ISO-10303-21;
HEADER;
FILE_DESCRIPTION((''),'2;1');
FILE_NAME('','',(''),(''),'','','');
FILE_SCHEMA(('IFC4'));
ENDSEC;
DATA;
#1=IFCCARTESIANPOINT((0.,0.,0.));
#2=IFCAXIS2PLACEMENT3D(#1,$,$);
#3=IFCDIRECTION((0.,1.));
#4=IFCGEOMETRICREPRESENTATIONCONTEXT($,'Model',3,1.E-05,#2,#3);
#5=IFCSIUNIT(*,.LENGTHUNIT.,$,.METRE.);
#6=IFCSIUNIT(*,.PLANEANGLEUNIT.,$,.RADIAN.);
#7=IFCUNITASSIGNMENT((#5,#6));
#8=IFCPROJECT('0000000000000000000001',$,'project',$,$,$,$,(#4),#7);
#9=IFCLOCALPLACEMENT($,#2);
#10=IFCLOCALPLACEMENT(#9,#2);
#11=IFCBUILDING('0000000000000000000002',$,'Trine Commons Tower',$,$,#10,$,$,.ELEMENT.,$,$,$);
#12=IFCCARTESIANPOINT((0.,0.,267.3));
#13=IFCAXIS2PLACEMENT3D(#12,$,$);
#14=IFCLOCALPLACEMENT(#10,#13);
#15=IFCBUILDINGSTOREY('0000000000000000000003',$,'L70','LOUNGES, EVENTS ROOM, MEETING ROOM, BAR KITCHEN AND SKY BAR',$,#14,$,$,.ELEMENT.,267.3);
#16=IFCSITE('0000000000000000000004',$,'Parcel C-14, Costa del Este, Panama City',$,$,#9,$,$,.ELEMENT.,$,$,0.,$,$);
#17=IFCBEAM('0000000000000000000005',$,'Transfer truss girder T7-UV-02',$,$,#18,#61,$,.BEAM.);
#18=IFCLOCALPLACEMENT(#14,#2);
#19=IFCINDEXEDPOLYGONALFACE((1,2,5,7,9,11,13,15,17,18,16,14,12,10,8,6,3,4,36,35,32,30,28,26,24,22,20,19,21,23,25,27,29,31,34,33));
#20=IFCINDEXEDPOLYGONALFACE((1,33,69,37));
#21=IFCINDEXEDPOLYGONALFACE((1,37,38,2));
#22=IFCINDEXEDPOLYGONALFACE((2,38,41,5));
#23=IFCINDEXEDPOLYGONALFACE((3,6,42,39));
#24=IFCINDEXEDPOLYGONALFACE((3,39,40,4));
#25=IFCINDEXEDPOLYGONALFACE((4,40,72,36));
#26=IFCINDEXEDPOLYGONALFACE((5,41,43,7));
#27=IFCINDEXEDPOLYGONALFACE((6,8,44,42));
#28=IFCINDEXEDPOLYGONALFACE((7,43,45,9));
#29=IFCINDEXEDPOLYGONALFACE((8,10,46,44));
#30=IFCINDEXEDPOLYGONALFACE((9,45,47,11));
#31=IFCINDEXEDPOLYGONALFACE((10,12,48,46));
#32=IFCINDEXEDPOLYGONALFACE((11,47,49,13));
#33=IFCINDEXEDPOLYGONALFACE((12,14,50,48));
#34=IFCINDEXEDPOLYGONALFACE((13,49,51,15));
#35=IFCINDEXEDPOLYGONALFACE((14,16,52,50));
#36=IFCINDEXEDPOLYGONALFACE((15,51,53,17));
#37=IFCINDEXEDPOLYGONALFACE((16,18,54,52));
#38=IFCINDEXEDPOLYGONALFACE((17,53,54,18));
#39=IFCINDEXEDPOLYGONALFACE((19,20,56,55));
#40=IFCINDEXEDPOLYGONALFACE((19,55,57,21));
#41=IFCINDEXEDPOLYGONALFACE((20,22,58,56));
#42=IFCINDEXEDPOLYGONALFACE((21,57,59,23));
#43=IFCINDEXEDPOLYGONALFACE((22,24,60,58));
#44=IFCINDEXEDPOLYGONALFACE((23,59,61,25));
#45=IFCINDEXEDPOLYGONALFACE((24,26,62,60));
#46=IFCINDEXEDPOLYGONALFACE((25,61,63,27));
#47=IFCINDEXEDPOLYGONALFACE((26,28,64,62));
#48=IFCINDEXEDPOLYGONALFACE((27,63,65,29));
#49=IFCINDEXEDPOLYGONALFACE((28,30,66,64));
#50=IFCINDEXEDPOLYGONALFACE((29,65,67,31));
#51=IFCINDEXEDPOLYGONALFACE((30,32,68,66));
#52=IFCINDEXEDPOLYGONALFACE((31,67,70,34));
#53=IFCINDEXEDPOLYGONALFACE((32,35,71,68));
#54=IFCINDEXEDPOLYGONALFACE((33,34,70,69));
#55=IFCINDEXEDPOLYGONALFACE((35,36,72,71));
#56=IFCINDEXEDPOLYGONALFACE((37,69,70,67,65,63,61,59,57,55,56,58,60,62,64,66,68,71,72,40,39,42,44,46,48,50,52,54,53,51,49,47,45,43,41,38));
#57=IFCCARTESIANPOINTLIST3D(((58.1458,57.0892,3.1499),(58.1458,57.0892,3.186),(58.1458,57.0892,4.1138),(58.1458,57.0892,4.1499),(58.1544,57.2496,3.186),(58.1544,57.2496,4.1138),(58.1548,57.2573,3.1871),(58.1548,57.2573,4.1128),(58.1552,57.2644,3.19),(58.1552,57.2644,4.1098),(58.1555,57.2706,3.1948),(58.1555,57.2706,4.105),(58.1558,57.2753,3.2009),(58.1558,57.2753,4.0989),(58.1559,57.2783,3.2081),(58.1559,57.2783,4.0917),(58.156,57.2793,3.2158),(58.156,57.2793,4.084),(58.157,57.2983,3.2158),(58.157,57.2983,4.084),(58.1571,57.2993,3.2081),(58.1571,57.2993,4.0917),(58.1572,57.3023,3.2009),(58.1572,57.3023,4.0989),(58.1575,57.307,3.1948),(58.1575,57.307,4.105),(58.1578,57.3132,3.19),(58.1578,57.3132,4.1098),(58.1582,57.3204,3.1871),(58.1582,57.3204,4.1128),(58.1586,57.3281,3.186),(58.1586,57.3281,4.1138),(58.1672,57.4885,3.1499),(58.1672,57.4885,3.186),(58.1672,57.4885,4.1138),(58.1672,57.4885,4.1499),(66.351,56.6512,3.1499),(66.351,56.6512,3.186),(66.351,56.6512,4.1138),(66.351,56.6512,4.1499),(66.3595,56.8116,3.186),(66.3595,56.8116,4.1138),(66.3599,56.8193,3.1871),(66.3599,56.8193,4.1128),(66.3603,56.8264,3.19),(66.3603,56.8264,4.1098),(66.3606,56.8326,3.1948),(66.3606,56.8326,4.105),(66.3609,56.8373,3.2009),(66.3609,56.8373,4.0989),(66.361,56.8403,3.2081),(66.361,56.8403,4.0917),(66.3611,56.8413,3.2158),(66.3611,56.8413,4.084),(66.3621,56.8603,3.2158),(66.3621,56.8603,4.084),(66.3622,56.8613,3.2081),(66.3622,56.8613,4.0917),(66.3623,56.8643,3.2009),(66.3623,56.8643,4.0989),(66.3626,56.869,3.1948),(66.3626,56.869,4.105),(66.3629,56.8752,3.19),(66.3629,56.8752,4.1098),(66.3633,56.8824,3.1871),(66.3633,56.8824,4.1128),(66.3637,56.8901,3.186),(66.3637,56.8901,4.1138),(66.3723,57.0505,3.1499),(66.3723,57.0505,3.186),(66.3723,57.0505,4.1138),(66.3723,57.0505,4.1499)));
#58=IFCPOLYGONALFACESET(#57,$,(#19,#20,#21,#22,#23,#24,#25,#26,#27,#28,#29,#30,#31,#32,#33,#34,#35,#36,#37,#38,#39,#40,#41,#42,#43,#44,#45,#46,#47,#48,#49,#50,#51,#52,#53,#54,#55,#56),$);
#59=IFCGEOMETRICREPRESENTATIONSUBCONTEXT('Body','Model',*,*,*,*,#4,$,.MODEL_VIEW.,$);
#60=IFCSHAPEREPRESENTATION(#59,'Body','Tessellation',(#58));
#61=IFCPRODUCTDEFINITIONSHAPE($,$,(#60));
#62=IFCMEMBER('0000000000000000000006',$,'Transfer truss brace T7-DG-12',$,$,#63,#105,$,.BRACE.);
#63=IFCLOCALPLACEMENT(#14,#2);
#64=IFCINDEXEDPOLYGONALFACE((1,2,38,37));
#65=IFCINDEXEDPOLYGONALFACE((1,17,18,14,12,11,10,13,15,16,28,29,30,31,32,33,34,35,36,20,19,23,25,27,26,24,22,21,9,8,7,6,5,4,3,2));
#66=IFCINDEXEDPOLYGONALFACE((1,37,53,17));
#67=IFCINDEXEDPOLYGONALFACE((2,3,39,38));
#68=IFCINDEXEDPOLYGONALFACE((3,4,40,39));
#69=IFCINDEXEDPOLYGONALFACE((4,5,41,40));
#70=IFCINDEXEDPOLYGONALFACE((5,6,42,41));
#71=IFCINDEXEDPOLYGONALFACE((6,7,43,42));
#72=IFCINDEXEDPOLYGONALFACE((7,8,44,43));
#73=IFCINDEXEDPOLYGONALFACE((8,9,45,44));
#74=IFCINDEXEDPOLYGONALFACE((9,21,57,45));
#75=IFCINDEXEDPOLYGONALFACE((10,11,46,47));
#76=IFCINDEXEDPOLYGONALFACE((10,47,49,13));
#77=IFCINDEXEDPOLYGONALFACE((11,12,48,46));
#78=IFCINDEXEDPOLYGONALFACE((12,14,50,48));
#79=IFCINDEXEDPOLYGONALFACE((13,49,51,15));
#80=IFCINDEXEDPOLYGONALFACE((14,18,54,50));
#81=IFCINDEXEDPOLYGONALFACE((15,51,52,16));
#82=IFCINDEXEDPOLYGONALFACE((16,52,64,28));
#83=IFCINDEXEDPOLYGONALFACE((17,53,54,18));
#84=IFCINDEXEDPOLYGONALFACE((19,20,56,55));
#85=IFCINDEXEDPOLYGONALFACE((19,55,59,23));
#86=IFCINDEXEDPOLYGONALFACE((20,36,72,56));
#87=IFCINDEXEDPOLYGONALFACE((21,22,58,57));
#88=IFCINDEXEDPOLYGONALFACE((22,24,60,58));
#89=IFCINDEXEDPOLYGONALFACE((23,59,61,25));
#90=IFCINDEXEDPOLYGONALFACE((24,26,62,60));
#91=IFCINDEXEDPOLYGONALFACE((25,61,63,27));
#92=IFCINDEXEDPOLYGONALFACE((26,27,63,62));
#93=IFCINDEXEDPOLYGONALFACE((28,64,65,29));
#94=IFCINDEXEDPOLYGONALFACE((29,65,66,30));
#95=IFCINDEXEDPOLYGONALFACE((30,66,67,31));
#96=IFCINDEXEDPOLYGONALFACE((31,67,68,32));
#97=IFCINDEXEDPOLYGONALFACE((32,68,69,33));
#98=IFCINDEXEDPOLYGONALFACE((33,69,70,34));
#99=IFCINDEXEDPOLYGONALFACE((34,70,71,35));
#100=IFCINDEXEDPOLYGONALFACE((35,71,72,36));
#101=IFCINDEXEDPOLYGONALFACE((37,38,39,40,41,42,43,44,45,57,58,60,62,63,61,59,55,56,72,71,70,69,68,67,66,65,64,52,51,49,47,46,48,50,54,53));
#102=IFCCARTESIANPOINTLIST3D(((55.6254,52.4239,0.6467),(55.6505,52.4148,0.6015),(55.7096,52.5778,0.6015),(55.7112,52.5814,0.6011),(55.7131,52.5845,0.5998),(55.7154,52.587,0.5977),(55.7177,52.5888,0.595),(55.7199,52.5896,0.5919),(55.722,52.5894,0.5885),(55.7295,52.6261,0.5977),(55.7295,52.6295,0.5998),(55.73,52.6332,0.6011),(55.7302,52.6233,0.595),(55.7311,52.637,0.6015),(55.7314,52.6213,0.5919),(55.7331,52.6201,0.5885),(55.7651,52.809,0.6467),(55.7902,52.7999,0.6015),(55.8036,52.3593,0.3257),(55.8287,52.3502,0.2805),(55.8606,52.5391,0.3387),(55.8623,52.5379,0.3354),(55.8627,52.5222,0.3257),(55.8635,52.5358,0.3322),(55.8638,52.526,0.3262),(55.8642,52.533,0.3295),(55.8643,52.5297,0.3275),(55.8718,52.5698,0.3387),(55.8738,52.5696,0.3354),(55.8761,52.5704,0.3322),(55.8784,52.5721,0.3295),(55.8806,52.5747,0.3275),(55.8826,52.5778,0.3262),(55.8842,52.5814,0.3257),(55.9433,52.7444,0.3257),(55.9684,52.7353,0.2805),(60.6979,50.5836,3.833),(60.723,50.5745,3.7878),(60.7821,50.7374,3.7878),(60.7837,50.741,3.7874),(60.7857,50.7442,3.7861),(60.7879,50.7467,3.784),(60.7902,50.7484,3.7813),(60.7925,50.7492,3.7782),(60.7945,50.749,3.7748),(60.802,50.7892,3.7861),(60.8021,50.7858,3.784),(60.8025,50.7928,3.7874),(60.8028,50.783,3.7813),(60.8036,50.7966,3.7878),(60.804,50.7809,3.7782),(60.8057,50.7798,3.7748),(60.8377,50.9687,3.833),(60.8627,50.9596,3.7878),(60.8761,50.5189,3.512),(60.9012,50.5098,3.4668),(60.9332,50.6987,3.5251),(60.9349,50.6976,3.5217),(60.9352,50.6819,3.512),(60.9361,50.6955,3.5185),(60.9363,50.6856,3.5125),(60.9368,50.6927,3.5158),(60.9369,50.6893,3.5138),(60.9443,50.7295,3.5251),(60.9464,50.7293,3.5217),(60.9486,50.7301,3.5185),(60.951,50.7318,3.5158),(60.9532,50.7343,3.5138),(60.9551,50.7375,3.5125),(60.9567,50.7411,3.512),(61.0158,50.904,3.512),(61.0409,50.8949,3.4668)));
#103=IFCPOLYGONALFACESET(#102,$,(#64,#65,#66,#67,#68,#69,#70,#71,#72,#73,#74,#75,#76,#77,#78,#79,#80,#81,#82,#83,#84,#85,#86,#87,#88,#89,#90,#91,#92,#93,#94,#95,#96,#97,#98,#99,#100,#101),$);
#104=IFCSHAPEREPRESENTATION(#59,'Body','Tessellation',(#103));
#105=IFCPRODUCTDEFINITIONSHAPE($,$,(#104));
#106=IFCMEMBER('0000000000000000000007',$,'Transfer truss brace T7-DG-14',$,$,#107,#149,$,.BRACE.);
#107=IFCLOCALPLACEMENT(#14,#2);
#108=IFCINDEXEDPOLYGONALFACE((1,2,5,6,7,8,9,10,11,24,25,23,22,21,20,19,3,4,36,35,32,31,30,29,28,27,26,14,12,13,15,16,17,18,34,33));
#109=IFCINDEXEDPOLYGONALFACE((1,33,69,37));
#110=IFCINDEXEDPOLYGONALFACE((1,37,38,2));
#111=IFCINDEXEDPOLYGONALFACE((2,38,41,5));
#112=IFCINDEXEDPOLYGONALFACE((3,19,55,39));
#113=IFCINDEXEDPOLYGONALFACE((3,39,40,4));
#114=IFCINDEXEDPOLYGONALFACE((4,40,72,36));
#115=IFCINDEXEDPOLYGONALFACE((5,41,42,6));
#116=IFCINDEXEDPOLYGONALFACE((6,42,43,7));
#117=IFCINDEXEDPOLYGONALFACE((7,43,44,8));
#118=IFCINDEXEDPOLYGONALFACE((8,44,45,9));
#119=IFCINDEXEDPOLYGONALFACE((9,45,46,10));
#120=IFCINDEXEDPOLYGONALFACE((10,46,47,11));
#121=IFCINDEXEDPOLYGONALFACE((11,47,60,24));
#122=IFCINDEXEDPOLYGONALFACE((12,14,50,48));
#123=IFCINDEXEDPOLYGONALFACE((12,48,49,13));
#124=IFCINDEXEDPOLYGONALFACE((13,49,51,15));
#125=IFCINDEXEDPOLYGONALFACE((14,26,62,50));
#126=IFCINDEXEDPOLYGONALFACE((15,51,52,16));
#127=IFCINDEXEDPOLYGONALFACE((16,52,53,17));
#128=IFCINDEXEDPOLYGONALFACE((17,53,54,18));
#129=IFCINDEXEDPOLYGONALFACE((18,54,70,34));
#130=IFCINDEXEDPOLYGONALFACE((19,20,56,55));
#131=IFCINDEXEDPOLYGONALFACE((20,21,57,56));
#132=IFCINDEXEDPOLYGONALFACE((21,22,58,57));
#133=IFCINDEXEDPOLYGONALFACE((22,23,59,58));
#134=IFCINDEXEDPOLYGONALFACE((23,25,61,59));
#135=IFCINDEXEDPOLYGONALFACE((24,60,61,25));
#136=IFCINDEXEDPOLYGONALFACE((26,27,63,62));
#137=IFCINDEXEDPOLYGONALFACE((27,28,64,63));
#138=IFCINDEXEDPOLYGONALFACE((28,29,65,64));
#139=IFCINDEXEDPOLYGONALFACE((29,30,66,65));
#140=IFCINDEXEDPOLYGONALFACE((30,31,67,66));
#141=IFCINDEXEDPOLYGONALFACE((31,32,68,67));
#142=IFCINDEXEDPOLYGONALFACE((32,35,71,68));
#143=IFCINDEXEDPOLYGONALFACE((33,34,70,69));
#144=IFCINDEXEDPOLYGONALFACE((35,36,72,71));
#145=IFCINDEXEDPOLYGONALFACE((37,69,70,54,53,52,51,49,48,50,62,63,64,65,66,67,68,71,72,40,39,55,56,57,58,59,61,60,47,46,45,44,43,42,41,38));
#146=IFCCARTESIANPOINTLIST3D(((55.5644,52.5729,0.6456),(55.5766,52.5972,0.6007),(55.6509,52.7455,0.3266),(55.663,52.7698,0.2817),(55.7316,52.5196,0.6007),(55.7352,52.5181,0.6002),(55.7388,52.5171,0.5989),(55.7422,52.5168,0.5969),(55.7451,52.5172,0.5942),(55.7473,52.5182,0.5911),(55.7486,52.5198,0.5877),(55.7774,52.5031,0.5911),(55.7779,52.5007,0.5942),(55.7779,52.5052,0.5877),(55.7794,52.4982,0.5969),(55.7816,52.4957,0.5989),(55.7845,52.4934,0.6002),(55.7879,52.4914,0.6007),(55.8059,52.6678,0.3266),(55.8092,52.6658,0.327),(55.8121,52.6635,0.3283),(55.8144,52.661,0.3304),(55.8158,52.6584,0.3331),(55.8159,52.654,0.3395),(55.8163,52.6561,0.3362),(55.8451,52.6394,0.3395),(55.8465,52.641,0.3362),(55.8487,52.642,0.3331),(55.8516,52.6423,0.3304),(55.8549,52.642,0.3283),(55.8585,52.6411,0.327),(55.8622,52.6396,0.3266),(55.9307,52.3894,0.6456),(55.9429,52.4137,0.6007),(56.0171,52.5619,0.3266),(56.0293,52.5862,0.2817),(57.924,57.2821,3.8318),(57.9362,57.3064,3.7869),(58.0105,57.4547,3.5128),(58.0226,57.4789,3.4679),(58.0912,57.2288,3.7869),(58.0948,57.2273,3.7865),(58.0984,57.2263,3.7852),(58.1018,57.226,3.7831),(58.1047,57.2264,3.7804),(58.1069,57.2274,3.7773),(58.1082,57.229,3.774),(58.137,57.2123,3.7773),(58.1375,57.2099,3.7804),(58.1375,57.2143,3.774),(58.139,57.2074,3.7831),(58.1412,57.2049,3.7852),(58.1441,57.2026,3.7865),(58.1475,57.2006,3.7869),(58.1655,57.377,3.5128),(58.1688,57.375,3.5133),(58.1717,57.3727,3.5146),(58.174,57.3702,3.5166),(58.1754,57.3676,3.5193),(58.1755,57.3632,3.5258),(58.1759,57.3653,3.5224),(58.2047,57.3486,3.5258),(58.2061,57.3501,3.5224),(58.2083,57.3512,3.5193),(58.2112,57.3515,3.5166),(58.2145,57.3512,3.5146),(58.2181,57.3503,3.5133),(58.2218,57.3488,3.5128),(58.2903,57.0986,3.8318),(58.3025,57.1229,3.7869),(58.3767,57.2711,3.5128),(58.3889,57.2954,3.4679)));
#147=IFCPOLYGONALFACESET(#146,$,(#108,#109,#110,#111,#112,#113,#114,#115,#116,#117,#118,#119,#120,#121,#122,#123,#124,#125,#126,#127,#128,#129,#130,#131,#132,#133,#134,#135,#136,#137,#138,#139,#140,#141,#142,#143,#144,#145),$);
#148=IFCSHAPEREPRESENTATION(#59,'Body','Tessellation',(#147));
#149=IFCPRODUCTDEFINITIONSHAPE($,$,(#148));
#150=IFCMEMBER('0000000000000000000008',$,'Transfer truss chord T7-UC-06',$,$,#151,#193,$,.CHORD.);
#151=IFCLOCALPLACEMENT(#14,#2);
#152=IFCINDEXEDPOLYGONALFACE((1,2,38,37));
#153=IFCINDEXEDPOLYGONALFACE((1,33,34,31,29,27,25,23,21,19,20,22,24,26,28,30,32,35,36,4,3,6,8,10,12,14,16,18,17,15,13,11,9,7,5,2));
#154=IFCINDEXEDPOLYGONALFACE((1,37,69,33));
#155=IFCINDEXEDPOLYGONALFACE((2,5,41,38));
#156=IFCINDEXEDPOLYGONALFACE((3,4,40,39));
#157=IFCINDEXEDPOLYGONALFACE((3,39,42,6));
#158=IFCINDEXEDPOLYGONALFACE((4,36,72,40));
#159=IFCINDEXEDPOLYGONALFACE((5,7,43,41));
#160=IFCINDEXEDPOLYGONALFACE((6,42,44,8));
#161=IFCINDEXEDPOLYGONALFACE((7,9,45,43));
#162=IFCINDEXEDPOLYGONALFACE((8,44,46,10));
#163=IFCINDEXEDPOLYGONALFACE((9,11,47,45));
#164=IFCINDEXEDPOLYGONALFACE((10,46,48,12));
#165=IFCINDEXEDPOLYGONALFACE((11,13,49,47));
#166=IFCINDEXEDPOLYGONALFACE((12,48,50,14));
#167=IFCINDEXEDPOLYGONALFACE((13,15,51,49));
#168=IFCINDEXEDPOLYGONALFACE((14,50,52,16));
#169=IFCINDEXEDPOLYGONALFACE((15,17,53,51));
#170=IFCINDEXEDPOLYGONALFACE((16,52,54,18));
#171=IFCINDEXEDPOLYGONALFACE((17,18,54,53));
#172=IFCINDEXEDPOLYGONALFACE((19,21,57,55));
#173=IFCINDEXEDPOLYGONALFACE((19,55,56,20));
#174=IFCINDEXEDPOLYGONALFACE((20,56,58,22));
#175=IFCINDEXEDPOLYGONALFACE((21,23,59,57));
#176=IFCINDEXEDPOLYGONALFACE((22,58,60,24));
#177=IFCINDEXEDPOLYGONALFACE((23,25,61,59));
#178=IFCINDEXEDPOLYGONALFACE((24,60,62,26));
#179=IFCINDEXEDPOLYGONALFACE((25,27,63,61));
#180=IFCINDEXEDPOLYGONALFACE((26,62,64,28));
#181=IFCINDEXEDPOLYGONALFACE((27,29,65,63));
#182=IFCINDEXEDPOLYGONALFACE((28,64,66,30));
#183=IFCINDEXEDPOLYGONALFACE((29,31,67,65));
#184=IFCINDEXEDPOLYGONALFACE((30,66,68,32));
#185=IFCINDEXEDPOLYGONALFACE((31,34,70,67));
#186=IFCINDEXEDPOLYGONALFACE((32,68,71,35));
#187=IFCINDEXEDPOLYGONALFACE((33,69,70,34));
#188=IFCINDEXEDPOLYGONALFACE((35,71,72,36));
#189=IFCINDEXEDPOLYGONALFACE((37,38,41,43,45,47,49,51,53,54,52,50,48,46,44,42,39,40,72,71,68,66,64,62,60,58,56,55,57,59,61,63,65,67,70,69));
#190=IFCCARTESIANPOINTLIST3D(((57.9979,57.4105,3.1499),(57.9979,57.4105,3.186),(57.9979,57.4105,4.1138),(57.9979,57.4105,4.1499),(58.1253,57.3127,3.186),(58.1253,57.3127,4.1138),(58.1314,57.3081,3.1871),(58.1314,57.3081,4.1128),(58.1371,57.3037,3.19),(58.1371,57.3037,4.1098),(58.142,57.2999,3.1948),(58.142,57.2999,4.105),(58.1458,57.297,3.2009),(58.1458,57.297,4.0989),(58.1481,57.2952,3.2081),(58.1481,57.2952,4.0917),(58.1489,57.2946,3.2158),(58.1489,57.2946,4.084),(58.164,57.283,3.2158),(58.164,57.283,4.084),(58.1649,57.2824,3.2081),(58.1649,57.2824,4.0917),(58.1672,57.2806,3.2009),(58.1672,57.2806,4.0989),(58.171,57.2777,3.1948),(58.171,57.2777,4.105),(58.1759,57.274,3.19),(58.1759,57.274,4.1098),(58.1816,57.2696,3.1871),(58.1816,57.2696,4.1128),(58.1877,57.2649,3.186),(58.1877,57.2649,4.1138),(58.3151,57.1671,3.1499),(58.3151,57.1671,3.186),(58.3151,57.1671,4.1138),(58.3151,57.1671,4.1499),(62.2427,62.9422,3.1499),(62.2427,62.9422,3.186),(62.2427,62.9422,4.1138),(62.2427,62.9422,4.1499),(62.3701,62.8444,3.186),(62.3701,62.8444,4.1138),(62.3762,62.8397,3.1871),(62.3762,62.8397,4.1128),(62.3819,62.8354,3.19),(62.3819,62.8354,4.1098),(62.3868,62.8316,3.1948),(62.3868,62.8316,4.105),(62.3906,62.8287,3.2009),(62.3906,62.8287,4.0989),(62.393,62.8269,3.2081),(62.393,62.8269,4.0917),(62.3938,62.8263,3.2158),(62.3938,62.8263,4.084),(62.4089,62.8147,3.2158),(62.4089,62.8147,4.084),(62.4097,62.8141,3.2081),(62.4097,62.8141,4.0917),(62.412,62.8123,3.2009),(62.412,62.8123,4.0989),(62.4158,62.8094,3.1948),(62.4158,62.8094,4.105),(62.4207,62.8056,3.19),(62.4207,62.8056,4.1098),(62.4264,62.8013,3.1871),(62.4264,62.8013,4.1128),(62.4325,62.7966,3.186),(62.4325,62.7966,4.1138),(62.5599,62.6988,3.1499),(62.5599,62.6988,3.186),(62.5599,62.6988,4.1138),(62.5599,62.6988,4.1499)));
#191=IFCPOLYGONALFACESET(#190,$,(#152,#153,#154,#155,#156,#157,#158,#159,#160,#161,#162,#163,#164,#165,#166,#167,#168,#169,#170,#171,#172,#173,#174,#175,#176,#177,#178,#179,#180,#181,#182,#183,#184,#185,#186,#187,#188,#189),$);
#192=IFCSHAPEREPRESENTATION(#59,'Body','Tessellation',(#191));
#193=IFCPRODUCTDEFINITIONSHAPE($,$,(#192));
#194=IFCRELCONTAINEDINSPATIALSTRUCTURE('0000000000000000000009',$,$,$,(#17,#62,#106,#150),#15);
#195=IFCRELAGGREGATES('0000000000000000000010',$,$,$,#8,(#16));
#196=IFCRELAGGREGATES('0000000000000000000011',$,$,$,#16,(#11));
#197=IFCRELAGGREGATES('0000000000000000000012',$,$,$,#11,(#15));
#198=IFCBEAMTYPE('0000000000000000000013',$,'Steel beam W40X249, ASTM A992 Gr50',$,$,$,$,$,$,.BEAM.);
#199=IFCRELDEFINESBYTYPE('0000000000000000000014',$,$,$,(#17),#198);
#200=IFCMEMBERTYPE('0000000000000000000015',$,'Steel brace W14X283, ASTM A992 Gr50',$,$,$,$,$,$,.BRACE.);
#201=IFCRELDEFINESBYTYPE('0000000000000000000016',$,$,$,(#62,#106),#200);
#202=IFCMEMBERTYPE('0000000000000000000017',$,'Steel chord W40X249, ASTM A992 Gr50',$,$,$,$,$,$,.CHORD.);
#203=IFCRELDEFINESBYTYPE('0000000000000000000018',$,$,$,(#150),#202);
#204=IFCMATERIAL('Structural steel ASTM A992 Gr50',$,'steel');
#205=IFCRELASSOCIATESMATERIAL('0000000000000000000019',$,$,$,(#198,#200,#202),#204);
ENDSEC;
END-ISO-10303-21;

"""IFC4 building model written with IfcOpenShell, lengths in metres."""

from ifc_helpers import new_model, si_unit, direction, frame, origin, origin_2d, place, context, subcontext, project, spatial, i_section, extrude, material, material_profile, profile_set, type_object, element, save


model = new_model("IFC4")

# Units and contexts
model_context = context("Model", 3, precision=1e-05, world=origin(), true_north=direction((0.0, 1.0)))
body_context = subcontext(model_context, "Body", "Model", "MODEL_VIEW")
ifc_project = project(units=[si_unit("LENGTHUNIT", "METRE"), si_unit("PLANEANGLEUNIT", "RADIAN")], contexts=[model_context])

# Site, building, storey
site_placement = place(None, origin())
site = spatial("IfcSite", under=ifc_project, at=site_placement, Name="Parcel C-14, Costa del Este, Panama City", CompositionType="ELEMENT", RefElevation=0.0)
building_placement = place(site_placement, origin())
building = spatial("IfcBuilding", under=site, at=building_placement, Name="Trine Commons Tower", CompositionType="ELEMENT")
storey_placement = place(building_placement, frame((0.0, 0.0, 267.3)))
storey = spatial("IfcBuildingStorey", under=building, at=storey_placement, Name="L70", Description="LOUNGES, EVENTS ROOM, MEETING ROOM, BAR KITCHEN AND SKY BAR", CompositionType="ELEMENT", Elevation=267.3)

# Beam
ifc_material_1 = material(Name="Structural steel ASTM A992 Gr50", Category="steel")
ifc_material_profile_1 = material_profile(ifc_material_1, i_section(OverallWidth=0.3999, OverallDepth=1.0, WebThickness=0.019, FlangeThickness=0.0361, FilletRadius=0.0298, at=origin_2d()), Name="W40X249")
ifc_profile_set_1 = profile_set([ifc_material_profile_1], Name="Structural steel ASTM A992 Gr50")
beam_type = type_object("IfcBeamType", Name="Steel beam W40X249, ASTM A992 Gr50", PredefinedType="BEAM", material=ifc_profile_set_1)
beam_placement = place(storey_placement, frame((58.1565, 57.2888, 3.6499), z_axis=(0.998578, -0.053304, 0.0), x_axis=(0.053304, 0.998578, 0.0)))
element("IfcBeam", 1, at=beam_placement, inside=storey, type_object=beam_type, Name="Transfer truss girder T7-UV-02", PredefinedType="BEAM", context=body_context, shape_type="SweptSolid", body=[
    extrude(i_section(OverallWidth=0.3999, OverallDepth=1.0, WebThickness=0.019, FlangeThickness=0.0361, FilletRadius=0.0298, at=origin_2d()), origin(), (0.0, 0.0, 1.0), 8.2168),
])

# Members
ifc_material_profile_2 = material_profile(ifc_material_1, i_section(OverallWidth=0.4097, OverallDepth=0.4253, WebThickness=0.0327, FlangeThickness=0.0525, FilletRadius=0.0151, at=origin_2d()), Name="W14X283")
ifc_profile_set_2 = profile_set([ifc_material_profile_2], Name="Structural steel ASTM A992 Gr50")
member_type_1 = type_object("IfcMemberType", Name="Steel brace W14X283, ASTM A992 Gr50", PredefinedType="BRACE", material=ifc_profile_set_2)
member_1_placement = place(storey_placement, frame((55.7969, 52.5796, 0.4636), z_axis=(0.809459, -0.293676, 0.508459), x_axis=(0.341053, 0.940044, 0.0)))
element("IfcMember", 2, at=member_1_placement, inside=storey, type_object=member_type_1, Name="Transfer truss brace T7-DG-12", PredefinedType="BRACE", context=body_context, shape_type="SweptSolid", body=[
    extrude(i_section(OverallWidth=0.4097, OverallDepth=0.4253, WebThickness=0.0327, FlangeThickness=0.0525, FilletRadius=0.0151, at=origin_2d()), origin(), (0.0, 0.0, 1.0), 6.2666),
])
member_2_placement = place(storey_placement, frame((55.7969, 52.5796, 0.4636), z_axis=(0.383301, 0.764975, 0.517585), x_axis=(-0.894047, 0.447974, 0.0)))
element("IfcMember", 3, at=member_2_placement, inside=storey, type_object=member_type_1, Name="Transfer truss brace T7-DG-14", PredefinedType="BRACE", context=body_context, shape_type="SweptSolid", body=[
    extrude(i_section(OverallWidth=0.4097, OverallDepth=0.4253, WebThickness=0.0327, FlangeThickness=0.0525, FilletRadius=0.0151, at=origin_2d()), origin(), (0.0, 0.0, 1.0), 6.156),
])
ifc_material_profile_3 = material_profile(ifc_material_1, i_section(OverallWidth=0.3999, OverallDepth=1.0, WebThickness=0.019, FlangeThickness=0.0361, FilletRadius=0.0298, at=origin_2d()), Name="W40X249")
ifc_profile_set_3 = profile_set([ifc_material_profile_3], Name="Structural steel ASTM A992 Gr50")
member_type_2 = type_object("IfcMemberType", Name="Steel chord W40X249, ASTM A992 Gr50", PredefinedType="CHORD", material=ifc_profile_set_3)
member_3_placement = place(storey_placement, frame((58.1565, 57.2888, 3.6499), z_axis=(0.608781, 0.793338, 0.0), x_axis=(-0.793338, 0.608781, 0.0)))
element("IfcMember", 4, at=member_3_placement, inside=storey, type_object=member_type_2, Name="Transfer truss chord T7-UC-06", PredefinedType="CHORD", context=body_context, shape_type="SweptSolid", body=[
    extrude(i_section(OverallWidth=0.3999, OverallDepth=1.0, WebThickness=0.019, FlangeThickness=0.0361, FilletRadius=0.0298, at=origin_2d()), origin(), (0.0, 0.0, 1.0), 6.9727),
])

save(model, "model.ifc")
